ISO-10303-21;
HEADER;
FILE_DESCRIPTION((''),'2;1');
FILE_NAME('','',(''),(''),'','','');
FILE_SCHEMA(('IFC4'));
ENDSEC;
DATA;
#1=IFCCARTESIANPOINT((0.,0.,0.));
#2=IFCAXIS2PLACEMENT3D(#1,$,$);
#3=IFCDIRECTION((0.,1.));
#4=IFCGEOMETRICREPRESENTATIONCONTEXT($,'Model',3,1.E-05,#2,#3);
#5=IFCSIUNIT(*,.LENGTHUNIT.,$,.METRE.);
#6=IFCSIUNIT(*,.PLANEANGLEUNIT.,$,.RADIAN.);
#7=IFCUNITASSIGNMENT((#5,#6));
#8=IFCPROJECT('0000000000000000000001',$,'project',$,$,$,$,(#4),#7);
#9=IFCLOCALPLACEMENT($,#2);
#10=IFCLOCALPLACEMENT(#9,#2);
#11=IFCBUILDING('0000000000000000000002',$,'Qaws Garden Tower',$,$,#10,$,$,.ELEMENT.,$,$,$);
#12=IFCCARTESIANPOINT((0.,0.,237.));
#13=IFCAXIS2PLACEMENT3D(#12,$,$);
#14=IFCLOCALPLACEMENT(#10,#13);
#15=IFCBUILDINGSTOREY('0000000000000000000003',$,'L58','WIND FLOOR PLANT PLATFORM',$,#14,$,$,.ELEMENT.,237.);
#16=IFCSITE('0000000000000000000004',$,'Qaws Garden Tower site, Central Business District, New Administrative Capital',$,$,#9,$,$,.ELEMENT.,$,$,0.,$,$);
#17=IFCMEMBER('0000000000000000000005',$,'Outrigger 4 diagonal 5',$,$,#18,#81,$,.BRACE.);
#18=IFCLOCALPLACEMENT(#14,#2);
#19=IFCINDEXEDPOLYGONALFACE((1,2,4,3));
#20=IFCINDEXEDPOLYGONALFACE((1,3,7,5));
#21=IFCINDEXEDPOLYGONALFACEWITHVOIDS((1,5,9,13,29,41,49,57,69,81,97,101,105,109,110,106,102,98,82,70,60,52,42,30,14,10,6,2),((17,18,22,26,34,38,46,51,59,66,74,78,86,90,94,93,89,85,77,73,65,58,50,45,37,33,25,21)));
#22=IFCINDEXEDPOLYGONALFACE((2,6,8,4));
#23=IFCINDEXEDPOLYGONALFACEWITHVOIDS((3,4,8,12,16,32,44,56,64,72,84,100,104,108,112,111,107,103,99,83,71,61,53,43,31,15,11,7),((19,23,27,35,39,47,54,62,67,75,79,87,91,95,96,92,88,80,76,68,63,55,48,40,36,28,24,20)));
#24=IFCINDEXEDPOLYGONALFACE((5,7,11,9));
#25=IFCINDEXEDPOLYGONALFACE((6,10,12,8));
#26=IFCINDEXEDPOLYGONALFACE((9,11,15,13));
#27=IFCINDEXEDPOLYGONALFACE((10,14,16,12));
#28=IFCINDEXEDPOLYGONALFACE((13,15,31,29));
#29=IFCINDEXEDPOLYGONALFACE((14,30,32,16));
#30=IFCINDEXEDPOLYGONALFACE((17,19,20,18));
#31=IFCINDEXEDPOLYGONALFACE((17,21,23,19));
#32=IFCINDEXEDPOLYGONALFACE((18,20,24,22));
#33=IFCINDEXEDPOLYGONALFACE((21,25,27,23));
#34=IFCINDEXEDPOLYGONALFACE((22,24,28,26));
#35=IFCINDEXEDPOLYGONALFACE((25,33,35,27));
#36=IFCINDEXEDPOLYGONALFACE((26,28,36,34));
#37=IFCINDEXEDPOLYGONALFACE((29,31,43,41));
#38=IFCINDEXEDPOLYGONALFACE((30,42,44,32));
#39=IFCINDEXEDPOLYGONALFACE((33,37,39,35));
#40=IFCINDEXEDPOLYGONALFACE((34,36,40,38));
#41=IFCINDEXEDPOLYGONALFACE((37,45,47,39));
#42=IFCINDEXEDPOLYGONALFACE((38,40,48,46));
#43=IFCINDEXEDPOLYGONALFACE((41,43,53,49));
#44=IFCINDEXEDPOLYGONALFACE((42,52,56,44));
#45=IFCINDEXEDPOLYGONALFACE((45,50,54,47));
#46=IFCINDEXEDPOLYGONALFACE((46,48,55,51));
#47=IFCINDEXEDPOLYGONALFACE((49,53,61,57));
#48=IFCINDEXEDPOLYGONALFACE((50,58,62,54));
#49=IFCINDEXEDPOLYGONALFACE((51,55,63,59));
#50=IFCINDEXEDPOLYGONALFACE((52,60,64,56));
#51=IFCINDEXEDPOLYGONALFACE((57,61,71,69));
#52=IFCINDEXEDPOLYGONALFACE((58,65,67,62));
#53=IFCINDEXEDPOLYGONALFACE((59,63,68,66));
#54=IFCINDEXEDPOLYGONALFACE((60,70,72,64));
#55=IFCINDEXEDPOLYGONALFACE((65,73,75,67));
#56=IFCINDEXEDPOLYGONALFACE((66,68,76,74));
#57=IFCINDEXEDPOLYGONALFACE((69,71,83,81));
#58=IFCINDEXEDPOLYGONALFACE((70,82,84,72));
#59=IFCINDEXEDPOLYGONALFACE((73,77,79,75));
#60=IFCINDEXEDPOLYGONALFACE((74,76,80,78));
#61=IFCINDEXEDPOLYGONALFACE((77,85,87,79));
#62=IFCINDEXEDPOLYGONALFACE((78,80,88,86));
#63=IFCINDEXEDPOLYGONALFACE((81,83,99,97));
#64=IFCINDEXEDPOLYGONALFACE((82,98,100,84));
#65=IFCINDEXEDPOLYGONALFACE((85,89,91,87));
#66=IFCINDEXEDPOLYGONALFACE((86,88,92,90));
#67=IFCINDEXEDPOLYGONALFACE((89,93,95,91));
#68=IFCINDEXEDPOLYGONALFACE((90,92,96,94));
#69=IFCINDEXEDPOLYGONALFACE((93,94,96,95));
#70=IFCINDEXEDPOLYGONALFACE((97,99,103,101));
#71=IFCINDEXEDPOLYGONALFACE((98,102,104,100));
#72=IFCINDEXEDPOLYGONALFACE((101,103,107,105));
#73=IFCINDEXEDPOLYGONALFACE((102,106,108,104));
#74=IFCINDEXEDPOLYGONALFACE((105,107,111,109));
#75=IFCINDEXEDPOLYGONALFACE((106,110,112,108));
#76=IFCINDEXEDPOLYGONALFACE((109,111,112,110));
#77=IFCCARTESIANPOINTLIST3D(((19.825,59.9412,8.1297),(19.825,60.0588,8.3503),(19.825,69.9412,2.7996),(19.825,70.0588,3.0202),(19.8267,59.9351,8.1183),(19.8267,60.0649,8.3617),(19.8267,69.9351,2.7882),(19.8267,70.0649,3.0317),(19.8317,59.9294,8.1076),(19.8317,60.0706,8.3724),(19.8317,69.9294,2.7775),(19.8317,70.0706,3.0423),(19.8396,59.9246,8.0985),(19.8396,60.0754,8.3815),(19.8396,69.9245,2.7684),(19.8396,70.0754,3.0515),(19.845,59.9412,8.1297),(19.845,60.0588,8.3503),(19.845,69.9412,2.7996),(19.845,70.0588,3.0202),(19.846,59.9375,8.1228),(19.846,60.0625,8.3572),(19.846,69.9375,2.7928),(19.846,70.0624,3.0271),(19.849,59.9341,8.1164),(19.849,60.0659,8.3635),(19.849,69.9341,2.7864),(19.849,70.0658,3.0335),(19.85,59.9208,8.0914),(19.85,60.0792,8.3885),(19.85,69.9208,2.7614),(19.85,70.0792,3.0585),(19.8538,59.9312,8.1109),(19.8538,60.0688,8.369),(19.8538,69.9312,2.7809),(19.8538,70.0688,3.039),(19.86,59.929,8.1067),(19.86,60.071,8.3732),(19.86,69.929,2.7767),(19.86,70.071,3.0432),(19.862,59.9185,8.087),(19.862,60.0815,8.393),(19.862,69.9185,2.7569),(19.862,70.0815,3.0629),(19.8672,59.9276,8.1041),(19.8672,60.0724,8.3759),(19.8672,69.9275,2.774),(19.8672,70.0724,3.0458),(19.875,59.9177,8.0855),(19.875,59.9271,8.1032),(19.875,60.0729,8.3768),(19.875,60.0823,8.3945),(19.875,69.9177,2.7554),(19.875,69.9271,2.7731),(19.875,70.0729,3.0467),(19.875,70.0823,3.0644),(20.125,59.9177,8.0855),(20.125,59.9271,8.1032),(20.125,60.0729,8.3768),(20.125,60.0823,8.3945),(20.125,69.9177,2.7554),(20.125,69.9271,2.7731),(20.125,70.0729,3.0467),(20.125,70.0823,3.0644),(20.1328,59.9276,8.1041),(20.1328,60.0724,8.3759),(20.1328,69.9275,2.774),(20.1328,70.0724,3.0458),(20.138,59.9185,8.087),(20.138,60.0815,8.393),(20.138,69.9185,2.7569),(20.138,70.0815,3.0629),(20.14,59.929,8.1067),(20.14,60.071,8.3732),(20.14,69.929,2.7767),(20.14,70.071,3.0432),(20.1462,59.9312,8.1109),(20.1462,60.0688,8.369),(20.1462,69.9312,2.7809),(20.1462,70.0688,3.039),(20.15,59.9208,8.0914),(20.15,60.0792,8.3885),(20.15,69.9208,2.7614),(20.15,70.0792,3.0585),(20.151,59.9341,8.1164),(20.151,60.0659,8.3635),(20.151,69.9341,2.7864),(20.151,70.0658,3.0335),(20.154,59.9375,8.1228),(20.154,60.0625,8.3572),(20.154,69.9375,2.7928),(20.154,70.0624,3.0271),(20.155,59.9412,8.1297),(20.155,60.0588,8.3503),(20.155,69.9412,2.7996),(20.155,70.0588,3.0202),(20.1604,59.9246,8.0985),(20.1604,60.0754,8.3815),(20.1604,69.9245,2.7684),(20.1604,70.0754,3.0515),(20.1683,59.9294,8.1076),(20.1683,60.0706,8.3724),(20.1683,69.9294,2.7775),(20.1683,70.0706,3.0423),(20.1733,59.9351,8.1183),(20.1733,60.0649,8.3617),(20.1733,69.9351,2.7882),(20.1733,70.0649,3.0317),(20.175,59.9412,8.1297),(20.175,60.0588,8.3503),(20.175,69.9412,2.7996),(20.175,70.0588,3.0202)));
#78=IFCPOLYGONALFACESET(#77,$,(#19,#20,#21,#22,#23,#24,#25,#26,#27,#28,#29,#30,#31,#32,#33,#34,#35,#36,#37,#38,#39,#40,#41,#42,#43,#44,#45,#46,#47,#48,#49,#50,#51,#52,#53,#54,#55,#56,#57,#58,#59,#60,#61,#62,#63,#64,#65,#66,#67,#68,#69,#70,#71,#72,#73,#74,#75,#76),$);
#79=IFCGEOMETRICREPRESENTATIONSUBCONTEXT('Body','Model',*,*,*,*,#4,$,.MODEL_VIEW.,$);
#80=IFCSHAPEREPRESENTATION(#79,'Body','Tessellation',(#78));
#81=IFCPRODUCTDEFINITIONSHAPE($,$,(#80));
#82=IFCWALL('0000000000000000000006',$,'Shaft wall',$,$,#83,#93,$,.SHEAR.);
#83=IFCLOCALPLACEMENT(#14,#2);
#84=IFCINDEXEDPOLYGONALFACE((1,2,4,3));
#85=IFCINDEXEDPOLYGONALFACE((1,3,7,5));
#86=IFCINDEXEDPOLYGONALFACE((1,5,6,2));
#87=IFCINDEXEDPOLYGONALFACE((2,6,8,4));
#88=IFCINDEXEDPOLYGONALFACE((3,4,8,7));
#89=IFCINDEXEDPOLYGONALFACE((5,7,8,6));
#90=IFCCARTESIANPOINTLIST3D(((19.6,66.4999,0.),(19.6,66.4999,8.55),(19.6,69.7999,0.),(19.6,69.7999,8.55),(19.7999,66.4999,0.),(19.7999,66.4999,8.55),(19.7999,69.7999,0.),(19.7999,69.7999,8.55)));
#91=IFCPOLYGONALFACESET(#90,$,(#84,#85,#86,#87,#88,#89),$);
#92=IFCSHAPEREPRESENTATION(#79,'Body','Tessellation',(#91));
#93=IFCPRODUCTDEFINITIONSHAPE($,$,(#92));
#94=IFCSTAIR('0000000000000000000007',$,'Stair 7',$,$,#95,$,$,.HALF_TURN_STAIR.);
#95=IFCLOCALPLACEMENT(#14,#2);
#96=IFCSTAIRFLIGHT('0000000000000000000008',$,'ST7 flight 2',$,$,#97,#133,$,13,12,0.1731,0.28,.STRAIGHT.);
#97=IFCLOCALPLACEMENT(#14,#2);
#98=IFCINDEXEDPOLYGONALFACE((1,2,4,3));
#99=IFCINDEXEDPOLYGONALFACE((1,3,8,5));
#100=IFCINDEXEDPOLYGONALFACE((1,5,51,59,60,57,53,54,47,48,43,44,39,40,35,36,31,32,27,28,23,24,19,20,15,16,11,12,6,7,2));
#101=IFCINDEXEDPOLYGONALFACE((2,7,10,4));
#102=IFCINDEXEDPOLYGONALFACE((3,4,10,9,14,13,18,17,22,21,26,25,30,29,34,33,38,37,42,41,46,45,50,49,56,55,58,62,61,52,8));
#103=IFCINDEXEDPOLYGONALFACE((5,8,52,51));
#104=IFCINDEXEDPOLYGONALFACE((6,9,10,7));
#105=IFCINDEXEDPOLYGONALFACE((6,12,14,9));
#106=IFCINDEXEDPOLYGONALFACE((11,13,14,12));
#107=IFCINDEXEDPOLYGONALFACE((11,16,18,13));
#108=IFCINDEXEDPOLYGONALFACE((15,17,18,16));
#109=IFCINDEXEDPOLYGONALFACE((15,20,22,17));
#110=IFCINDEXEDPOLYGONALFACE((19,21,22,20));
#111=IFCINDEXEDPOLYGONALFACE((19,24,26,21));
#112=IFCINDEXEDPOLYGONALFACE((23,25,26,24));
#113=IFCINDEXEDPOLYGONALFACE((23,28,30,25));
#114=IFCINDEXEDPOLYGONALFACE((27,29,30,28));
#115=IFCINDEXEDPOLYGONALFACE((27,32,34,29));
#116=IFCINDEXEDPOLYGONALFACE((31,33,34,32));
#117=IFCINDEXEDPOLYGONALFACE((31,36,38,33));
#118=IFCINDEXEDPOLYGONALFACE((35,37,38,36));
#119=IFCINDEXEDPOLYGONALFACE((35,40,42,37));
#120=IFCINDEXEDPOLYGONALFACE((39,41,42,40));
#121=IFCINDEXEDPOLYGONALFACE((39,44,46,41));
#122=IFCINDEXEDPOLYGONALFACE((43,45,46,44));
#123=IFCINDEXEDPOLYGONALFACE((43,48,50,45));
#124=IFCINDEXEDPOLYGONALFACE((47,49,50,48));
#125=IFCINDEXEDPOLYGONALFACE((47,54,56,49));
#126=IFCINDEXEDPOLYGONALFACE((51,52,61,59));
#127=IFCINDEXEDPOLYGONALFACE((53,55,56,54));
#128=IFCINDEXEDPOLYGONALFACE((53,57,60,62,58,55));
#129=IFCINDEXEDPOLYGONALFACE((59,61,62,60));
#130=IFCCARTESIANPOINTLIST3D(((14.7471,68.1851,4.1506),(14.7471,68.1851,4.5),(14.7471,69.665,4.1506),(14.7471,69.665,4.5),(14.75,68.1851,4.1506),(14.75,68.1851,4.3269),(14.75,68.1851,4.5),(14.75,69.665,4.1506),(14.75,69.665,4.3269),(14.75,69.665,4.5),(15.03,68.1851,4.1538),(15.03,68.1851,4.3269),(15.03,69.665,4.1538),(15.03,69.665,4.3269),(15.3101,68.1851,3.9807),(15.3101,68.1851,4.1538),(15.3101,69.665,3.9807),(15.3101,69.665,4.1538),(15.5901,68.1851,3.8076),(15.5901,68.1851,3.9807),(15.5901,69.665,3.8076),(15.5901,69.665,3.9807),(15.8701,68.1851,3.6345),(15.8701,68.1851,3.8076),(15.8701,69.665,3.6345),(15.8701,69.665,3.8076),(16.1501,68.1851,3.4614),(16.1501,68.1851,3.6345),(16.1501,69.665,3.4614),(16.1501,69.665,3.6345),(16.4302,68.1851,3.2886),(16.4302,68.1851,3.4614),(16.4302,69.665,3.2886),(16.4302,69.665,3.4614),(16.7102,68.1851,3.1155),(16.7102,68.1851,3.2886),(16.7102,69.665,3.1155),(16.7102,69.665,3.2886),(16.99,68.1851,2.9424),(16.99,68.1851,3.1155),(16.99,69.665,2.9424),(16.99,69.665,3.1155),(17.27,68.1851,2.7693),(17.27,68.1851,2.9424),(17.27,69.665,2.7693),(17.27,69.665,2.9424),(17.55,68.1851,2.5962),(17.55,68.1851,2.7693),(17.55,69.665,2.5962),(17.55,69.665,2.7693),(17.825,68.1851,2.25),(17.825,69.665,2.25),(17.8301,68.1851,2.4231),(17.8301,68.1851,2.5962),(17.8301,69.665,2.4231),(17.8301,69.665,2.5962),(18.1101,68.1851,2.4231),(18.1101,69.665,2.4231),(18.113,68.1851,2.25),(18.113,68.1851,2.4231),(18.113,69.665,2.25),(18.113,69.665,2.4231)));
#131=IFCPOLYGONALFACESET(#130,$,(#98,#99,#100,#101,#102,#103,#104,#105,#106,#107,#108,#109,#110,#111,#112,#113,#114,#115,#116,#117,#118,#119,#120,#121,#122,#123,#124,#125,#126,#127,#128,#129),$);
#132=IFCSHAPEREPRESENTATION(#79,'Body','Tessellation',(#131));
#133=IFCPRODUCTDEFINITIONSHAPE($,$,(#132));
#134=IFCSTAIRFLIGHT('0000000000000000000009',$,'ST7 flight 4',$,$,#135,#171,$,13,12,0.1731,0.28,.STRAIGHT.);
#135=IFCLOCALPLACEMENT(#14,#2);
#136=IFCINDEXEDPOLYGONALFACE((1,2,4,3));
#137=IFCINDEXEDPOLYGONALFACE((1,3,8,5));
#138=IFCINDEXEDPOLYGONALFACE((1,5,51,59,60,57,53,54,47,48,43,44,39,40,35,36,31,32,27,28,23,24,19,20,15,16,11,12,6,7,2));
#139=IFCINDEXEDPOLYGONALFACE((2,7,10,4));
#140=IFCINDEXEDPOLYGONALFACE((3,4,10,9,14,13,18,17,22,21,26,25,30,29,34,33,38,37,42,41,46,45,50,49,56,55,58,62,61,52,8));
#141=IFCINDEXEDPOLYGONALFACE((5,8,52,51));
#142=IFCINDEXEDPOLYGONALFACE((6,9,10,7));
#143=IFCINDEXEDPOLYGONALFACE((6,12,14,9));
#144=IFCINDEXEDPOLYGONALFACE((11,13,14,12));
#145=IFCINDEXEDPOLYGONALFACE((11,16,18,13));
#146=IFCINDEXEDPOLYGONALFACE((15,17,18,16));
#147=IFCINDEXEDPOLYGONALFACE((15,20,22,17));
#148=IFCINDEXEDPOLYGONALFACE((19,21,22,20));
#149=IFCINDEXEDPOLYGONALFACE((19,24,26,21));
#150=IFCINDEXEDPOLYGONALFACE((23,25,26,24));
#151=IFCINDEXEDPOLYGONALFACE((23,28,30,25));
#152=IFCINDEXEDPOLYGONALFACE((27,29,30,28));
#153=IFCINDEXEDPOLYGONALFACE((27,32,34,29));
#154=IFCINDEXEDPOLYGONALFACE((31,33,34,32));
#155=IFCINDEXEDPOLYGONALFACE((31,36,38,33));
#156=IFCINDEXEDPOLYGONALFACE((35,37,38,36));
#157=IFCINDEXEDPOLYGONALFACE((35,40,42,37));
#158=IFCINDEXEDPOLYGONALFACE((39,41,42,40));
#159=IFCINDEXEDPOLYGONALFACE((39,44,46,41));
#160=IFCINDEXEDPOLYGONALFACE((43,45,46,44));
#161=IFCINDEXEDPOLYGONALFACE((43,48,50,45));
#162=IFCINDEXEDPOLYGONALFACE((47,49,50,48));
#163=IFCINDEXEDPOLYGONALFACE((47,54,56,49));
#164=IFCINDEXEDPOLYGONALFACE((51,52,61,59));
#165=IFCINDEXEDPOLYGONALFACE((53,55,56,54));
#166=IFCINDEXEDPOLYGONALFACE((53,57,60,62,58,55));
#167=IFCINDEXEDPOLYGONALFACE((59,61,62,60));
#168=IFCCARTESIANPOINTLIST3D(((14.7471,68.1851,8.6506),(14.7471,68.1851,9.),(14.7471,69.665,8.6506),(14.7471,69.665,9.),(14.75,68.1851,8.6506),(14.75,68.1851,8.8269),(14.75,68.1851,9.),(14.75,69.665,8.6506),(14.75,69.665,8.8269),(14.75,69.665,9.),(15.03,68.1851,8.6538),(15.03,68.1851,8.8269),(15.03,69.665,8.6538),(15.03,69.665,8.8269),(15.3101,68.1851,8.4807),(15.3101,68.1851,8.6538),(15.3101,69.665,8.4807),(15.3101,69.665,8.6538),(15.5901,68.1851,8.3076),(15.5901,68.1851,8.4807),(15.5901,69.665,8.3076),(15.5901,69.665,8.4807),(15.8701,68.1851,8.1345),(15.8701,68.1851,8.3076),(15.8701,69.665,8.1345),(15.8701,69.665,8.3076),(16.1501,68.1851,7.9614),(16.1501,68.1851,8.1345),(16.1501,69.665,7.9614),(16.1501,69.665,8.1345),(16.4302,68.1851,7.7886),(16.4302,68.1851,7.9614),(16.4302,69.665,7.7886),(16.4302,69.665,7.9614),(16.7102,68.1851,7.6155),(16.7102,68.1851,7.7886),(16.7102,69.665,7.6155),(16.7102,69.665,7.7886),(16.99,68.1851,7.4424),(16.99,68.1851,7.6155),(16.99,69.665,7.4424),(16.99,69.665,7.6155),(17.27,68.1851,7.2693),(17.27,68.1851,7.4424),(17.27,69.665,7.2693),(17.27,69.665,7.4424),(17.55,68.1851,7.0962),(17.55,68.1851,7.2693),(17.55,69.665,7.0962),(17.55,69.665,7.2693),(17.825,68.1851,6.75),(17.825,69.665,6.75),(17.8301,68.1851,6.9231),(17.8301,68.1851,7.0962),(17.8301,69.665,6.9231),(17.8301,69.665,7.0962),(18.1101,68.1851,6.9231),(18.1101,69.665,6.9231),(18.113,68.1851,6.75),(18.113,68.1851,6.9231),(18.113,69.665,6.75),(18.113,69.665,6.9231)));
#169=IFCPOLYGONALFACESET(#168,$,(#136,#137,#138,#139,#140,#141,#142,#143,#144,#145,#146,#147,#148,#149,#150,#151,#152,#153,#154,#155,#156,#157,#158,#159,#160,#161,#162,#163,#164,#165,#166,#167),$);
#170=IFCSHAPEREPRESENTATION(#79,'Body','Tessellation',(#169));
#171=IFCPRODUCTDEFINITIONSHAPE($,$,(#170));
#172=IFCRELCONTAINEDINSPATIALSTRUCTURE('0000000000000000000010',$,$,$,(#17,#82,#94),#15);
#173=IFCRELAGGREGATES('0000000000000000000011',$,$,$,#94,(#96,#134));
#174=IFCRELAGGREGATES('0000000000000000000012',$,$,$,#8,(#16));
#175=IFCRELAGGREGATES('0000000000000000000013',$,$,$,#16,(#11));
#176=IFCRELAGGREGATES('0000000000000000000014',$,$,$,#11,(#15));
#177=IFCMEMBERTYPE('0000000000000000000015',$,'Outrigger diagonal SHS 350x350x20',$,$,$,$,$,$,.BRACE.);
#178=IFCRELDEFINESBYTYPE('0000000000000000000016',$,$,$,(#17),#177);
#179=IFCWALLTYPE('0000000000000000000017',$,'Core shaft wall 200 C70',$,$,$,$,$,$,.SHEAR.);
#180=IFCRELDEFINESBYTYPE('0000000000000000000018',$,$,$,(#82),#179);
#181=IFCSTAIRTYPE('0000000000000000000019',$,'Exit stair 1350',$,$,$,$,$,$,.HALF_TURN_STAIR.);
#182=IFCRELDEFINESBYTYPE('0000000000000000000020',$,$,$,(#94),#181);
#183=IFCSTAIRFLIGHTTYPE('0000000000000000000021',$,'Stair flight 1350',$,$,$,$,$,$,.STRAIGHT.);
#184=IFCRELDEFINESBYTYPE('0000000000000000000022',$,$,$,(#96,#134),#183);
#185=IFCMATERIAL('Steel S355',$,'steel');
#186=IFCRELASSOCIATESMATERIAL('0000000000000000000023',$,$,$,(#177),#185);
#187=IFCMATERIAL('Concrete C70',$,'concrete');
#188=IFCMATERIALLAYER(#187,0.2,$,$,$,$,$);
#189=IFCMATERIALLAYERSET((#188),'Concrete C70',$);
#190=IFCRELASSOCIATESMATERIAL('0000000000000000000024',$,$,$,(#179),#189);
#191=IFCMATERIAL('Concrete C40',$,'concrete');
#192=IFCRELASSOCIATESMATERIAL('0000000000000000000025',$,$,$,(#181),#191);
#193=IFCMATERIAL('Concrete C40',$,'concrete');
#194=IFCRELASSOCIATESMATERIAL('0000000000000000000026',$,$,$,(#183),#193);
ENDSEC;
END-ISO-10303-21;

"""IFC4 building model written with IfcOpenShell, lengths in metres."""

from ifc_helpers import new_model, si_unit, direction, frame, frame_2d, origin, origin_2d, place, context, subcontext, project, spatial, polyline, rectangle, hollow_rectangle, outline, extrude, material, layer, layer_set, material_profile, profile_set, type_object, element, aggregate, save


model = new_model("IFC4")

# Units and contexts
model_context = context("Model", 3, precision=1e-05, world=origin(), true_north=direction((0.0, 1.0)))
body_context = subcontext(model_context, "Body", "Model", "MODEL_VIEW")
ifc_project = project(units=[si_unit("LENGTHUNIT", "METRE"), si_unit("PLANEANGLEUNIT", "RADIAN")], contexts=[model_context])

# Site, building, storey
site_placement = place(None, origin())
site = spatial("IfcSite", under=ifc_project, at=site_placement, Name="Qaws Garden Tower site, Central Business District, New Administrative Capital", CompositionType="ELEMENT", RefElevation=0.0)
building_placement = place(site_placement, origin())
building = spatial("IfcBuilding", under=site, at=building_placement, Name="Qaws Garden Tower", CompositionType="ELEMENT")
storey_placement = place(building_placement, frame((0.0, 0.0, 237.0)))
storey = spatial("IfcBuildingStorey", under=building, at=storey_placement, Name="L58", Description="WIND FLOOR PLANT PLATFORM", CompositionType="ELEMENT", Elevation=237.0)

# Member
ifc_material_1 = material(Name="Steel S355", Category="steel")
ifc_material_profile_1 = material_profile(ifc_material_1, hollow_rectangle(XDim=0.3501, YDim=0.3501, WallThickness=0.02, InnerFilletRadius=0.03, OuterFilletRadius=0.05, at=origin_2d()), Name="SHS 350x350x20")
ifc_profile_set_1 = profile_set([ifc_material_profile_1], Name="Steel S355")
member_type_1 = type_object("IfcMemberType", Name="Outrigger diagonal SHS 350x350x20", PredefinedType="BRACE", material=ifc_profile_set_1)
member_1_placement = place(storey_placement, frame((20.0, 60.0, 8.24), z_axis=(0.0, 0.882472, -0.470365), x_axis=(-1.0, 0.0, 0.0)))
element("IfcMember", 1, at=member_1_placement, inside=storey, type_object=member_type_1, Name="Outrigger 4 diagonal 5", PredefinedType="BRACE", context=body_context, shape_type="SweptSolid", body=[
    extrude(hollow_rectangle(XDim=0.3501, YDim=0.3501, WallThickness=0.02, InnerFilletRadius=0.03, OuterFilletRadius=0.05, at=origin_2d()), origin(), (0.0, 0.0, 1.0), 11.3318),
])

# Wall
ifc_material_2 = material(Name="Concrete C70", Category="concrete")
ifc_layer = layer(ifc_material_2, 0.2)
ifc_layer_set = layer_set([ifc_layer], Name="Concrete C70")
wall_type = type_object("IfcWallType", Name="Core shaft wall 200 C70", PredefinedType="SHEAR", material=ifc_layer_set)
wall_placement = place(storey_placement, frame((19.7, 66.5, 0.0), z_axis=(0.0, 0.0, 1.0), x_axis=(0.0, 1.0, 0.0)))
element("IfcWall", 2, at=wall_placement, inside=storey, type_object=wall_type, Name="Shaft wall", PredefinedType="SHEAR", context=body_context, shape_type="SweptSolid", body=[
    extrude(rectangle(XDim=3.3, YDim=0.2, at=frame_2d((1.6499, 0.0))), origin(), (0.0, 0.0, 1.0), 8.55),
])

# Stair, stair flights
ifc_material_3 = material(Name="Concrete C40", Category="concrete")
stair_type = type_object("IfcStairType", Name="Exit stair 1350", PredefinedType="HALF_TURN_STAIR", material=ifc_material_3)
stair_placement = place(storey_placement, origin())
stair = element("IfcStair", 3, at=stair_placement, inside=storey, type_object=stair_type, Name="Stair 7", PredefinedType="HALF_TURN_STAIR")
ifc_material_4 = material(Name="Concrete C40", Category="concrete")
stair_flight_type = type_object("IfcStairFlightType", Name="Stair flight 1350", PredefinedType="STRAIGHT", material=ifc_material_4)
stair_flight_1_placement = place(storey_placement, frame((18.1101, 68.925, 2.25), z_axis=(0.0, 0.0, 1.0), x_axis=(-1.0, 0.0, 0.0)))
stair_flight_1 = element("IfcStairFlight", 4, at=stair_flight_1_placement, type_object=stair_flight_type, Name="ST7 flight 2", NumberOfRisers=13, NumberOfTreads=12, PredefinedType="STRAIGHT", RiserHeight=0.1731, TreadLength=0.28, context=body_context, shape_type="SweptSolid", body=[
    extrude(outline(polyline([(-0.0029, 0.0), (-0.0029, 0.1731), (0.0, 0.1731), (0.28, 0.1731), (0.28, 0.3462), (0.5601, 0.3462), (0.5601, 0.5193), (0.8401, 0.5193), (0.8401, 0.6924), (1.1201, 0.6924), (1.1201, 0.8655), (1.3999, 0.8655), (1.3999, 1.0386), (1.6799, 1.0386), (1.6799, 1.2114), (1.96, 1.2114), (1.96, 1.3845), (2.24, 1.3845), (2.24, 1.5576), (2.52, 1.5576), (2.52, 1.7307), (2.8, 1.7307), (2.8, 1.9038), (3.0801, 1.9038), (3.0801, 2.0769), (3.3601, 2.0769), (3.3601, 2.25), (3.363, 2.25), (3.363, 1.9006), (3.3601, 1.9006), (0.2852, 0.0), (-0.0029, 0.0)])), frame((0.0, 0.74, 0.0), z_axis=(0.0, -1.0, 0.0), x_axis=(1.0, 0.0, 0.0)), (0.0, 0.0, 1.0), 1.48),
])
stair_flight_2_placement = place(storey_placement, frame((18.1101, 68.925, 6.75), z_axis=(0.0, 0.0, 1.0), x_axis=(-1.0, 0.0, 0.0)))
stair_flight_2 = element("IfcStairFlight", 5, at=stair_flight_2_placement, type_object=stair_flight_type, Name="ST7 flight 4", NumberOfRisers=13, NumberOfTreads=12, PredefinedType="STRAIGHT", RiserHeight=0.1731, TreadLength=0.28, context=body_context, shape_type="SweptSolid", body=[
    extrude(outline(polyline([(-0.0029, 0.0), (-0.0029, 0.1731), (0.0, 0.1731), (0.28, 0.1731), (0.28, 0.3462), (0.5601, 0.3462), (0.5601, 0.5193), (0.8401, 0.5193), (0.8401, 0.6924), (1.1201, 0.6924), (1.1201, 0.8655), (1.3999, 0.8655), (1.3999, 1.0386), (1.6799, 1.0386), (1.6799, 1.2114), (1.96, 1.2114), (1.96, 1.3845), (2.24, 1.3845), (2.24, 1.5576), (2.52, 1.5576), (2.52, 1.7307), (2.8, 1.7307), (2.8, 1.9038), (3.0801, 1.9038), (3.0801, 2.0769), (3.3601, 2.0769), (3.3601, 2.25), (3.363, 2.25), (3.363, 1.9006), (3.3601, 1.9006), (0.2852, 0.0), (-0.0029, 0.0)])), frame((0.0, 0.74, 0.0), z_axis=(0.0, -1.0, 0.0), x_axis=(1.0, 0.0, 0.0)), (0.0, 0.0, 1.0), 1.48),
])
aggregate(stair, [stair_flight_1, stair_flight_2])

save(model, "model.ifc")
